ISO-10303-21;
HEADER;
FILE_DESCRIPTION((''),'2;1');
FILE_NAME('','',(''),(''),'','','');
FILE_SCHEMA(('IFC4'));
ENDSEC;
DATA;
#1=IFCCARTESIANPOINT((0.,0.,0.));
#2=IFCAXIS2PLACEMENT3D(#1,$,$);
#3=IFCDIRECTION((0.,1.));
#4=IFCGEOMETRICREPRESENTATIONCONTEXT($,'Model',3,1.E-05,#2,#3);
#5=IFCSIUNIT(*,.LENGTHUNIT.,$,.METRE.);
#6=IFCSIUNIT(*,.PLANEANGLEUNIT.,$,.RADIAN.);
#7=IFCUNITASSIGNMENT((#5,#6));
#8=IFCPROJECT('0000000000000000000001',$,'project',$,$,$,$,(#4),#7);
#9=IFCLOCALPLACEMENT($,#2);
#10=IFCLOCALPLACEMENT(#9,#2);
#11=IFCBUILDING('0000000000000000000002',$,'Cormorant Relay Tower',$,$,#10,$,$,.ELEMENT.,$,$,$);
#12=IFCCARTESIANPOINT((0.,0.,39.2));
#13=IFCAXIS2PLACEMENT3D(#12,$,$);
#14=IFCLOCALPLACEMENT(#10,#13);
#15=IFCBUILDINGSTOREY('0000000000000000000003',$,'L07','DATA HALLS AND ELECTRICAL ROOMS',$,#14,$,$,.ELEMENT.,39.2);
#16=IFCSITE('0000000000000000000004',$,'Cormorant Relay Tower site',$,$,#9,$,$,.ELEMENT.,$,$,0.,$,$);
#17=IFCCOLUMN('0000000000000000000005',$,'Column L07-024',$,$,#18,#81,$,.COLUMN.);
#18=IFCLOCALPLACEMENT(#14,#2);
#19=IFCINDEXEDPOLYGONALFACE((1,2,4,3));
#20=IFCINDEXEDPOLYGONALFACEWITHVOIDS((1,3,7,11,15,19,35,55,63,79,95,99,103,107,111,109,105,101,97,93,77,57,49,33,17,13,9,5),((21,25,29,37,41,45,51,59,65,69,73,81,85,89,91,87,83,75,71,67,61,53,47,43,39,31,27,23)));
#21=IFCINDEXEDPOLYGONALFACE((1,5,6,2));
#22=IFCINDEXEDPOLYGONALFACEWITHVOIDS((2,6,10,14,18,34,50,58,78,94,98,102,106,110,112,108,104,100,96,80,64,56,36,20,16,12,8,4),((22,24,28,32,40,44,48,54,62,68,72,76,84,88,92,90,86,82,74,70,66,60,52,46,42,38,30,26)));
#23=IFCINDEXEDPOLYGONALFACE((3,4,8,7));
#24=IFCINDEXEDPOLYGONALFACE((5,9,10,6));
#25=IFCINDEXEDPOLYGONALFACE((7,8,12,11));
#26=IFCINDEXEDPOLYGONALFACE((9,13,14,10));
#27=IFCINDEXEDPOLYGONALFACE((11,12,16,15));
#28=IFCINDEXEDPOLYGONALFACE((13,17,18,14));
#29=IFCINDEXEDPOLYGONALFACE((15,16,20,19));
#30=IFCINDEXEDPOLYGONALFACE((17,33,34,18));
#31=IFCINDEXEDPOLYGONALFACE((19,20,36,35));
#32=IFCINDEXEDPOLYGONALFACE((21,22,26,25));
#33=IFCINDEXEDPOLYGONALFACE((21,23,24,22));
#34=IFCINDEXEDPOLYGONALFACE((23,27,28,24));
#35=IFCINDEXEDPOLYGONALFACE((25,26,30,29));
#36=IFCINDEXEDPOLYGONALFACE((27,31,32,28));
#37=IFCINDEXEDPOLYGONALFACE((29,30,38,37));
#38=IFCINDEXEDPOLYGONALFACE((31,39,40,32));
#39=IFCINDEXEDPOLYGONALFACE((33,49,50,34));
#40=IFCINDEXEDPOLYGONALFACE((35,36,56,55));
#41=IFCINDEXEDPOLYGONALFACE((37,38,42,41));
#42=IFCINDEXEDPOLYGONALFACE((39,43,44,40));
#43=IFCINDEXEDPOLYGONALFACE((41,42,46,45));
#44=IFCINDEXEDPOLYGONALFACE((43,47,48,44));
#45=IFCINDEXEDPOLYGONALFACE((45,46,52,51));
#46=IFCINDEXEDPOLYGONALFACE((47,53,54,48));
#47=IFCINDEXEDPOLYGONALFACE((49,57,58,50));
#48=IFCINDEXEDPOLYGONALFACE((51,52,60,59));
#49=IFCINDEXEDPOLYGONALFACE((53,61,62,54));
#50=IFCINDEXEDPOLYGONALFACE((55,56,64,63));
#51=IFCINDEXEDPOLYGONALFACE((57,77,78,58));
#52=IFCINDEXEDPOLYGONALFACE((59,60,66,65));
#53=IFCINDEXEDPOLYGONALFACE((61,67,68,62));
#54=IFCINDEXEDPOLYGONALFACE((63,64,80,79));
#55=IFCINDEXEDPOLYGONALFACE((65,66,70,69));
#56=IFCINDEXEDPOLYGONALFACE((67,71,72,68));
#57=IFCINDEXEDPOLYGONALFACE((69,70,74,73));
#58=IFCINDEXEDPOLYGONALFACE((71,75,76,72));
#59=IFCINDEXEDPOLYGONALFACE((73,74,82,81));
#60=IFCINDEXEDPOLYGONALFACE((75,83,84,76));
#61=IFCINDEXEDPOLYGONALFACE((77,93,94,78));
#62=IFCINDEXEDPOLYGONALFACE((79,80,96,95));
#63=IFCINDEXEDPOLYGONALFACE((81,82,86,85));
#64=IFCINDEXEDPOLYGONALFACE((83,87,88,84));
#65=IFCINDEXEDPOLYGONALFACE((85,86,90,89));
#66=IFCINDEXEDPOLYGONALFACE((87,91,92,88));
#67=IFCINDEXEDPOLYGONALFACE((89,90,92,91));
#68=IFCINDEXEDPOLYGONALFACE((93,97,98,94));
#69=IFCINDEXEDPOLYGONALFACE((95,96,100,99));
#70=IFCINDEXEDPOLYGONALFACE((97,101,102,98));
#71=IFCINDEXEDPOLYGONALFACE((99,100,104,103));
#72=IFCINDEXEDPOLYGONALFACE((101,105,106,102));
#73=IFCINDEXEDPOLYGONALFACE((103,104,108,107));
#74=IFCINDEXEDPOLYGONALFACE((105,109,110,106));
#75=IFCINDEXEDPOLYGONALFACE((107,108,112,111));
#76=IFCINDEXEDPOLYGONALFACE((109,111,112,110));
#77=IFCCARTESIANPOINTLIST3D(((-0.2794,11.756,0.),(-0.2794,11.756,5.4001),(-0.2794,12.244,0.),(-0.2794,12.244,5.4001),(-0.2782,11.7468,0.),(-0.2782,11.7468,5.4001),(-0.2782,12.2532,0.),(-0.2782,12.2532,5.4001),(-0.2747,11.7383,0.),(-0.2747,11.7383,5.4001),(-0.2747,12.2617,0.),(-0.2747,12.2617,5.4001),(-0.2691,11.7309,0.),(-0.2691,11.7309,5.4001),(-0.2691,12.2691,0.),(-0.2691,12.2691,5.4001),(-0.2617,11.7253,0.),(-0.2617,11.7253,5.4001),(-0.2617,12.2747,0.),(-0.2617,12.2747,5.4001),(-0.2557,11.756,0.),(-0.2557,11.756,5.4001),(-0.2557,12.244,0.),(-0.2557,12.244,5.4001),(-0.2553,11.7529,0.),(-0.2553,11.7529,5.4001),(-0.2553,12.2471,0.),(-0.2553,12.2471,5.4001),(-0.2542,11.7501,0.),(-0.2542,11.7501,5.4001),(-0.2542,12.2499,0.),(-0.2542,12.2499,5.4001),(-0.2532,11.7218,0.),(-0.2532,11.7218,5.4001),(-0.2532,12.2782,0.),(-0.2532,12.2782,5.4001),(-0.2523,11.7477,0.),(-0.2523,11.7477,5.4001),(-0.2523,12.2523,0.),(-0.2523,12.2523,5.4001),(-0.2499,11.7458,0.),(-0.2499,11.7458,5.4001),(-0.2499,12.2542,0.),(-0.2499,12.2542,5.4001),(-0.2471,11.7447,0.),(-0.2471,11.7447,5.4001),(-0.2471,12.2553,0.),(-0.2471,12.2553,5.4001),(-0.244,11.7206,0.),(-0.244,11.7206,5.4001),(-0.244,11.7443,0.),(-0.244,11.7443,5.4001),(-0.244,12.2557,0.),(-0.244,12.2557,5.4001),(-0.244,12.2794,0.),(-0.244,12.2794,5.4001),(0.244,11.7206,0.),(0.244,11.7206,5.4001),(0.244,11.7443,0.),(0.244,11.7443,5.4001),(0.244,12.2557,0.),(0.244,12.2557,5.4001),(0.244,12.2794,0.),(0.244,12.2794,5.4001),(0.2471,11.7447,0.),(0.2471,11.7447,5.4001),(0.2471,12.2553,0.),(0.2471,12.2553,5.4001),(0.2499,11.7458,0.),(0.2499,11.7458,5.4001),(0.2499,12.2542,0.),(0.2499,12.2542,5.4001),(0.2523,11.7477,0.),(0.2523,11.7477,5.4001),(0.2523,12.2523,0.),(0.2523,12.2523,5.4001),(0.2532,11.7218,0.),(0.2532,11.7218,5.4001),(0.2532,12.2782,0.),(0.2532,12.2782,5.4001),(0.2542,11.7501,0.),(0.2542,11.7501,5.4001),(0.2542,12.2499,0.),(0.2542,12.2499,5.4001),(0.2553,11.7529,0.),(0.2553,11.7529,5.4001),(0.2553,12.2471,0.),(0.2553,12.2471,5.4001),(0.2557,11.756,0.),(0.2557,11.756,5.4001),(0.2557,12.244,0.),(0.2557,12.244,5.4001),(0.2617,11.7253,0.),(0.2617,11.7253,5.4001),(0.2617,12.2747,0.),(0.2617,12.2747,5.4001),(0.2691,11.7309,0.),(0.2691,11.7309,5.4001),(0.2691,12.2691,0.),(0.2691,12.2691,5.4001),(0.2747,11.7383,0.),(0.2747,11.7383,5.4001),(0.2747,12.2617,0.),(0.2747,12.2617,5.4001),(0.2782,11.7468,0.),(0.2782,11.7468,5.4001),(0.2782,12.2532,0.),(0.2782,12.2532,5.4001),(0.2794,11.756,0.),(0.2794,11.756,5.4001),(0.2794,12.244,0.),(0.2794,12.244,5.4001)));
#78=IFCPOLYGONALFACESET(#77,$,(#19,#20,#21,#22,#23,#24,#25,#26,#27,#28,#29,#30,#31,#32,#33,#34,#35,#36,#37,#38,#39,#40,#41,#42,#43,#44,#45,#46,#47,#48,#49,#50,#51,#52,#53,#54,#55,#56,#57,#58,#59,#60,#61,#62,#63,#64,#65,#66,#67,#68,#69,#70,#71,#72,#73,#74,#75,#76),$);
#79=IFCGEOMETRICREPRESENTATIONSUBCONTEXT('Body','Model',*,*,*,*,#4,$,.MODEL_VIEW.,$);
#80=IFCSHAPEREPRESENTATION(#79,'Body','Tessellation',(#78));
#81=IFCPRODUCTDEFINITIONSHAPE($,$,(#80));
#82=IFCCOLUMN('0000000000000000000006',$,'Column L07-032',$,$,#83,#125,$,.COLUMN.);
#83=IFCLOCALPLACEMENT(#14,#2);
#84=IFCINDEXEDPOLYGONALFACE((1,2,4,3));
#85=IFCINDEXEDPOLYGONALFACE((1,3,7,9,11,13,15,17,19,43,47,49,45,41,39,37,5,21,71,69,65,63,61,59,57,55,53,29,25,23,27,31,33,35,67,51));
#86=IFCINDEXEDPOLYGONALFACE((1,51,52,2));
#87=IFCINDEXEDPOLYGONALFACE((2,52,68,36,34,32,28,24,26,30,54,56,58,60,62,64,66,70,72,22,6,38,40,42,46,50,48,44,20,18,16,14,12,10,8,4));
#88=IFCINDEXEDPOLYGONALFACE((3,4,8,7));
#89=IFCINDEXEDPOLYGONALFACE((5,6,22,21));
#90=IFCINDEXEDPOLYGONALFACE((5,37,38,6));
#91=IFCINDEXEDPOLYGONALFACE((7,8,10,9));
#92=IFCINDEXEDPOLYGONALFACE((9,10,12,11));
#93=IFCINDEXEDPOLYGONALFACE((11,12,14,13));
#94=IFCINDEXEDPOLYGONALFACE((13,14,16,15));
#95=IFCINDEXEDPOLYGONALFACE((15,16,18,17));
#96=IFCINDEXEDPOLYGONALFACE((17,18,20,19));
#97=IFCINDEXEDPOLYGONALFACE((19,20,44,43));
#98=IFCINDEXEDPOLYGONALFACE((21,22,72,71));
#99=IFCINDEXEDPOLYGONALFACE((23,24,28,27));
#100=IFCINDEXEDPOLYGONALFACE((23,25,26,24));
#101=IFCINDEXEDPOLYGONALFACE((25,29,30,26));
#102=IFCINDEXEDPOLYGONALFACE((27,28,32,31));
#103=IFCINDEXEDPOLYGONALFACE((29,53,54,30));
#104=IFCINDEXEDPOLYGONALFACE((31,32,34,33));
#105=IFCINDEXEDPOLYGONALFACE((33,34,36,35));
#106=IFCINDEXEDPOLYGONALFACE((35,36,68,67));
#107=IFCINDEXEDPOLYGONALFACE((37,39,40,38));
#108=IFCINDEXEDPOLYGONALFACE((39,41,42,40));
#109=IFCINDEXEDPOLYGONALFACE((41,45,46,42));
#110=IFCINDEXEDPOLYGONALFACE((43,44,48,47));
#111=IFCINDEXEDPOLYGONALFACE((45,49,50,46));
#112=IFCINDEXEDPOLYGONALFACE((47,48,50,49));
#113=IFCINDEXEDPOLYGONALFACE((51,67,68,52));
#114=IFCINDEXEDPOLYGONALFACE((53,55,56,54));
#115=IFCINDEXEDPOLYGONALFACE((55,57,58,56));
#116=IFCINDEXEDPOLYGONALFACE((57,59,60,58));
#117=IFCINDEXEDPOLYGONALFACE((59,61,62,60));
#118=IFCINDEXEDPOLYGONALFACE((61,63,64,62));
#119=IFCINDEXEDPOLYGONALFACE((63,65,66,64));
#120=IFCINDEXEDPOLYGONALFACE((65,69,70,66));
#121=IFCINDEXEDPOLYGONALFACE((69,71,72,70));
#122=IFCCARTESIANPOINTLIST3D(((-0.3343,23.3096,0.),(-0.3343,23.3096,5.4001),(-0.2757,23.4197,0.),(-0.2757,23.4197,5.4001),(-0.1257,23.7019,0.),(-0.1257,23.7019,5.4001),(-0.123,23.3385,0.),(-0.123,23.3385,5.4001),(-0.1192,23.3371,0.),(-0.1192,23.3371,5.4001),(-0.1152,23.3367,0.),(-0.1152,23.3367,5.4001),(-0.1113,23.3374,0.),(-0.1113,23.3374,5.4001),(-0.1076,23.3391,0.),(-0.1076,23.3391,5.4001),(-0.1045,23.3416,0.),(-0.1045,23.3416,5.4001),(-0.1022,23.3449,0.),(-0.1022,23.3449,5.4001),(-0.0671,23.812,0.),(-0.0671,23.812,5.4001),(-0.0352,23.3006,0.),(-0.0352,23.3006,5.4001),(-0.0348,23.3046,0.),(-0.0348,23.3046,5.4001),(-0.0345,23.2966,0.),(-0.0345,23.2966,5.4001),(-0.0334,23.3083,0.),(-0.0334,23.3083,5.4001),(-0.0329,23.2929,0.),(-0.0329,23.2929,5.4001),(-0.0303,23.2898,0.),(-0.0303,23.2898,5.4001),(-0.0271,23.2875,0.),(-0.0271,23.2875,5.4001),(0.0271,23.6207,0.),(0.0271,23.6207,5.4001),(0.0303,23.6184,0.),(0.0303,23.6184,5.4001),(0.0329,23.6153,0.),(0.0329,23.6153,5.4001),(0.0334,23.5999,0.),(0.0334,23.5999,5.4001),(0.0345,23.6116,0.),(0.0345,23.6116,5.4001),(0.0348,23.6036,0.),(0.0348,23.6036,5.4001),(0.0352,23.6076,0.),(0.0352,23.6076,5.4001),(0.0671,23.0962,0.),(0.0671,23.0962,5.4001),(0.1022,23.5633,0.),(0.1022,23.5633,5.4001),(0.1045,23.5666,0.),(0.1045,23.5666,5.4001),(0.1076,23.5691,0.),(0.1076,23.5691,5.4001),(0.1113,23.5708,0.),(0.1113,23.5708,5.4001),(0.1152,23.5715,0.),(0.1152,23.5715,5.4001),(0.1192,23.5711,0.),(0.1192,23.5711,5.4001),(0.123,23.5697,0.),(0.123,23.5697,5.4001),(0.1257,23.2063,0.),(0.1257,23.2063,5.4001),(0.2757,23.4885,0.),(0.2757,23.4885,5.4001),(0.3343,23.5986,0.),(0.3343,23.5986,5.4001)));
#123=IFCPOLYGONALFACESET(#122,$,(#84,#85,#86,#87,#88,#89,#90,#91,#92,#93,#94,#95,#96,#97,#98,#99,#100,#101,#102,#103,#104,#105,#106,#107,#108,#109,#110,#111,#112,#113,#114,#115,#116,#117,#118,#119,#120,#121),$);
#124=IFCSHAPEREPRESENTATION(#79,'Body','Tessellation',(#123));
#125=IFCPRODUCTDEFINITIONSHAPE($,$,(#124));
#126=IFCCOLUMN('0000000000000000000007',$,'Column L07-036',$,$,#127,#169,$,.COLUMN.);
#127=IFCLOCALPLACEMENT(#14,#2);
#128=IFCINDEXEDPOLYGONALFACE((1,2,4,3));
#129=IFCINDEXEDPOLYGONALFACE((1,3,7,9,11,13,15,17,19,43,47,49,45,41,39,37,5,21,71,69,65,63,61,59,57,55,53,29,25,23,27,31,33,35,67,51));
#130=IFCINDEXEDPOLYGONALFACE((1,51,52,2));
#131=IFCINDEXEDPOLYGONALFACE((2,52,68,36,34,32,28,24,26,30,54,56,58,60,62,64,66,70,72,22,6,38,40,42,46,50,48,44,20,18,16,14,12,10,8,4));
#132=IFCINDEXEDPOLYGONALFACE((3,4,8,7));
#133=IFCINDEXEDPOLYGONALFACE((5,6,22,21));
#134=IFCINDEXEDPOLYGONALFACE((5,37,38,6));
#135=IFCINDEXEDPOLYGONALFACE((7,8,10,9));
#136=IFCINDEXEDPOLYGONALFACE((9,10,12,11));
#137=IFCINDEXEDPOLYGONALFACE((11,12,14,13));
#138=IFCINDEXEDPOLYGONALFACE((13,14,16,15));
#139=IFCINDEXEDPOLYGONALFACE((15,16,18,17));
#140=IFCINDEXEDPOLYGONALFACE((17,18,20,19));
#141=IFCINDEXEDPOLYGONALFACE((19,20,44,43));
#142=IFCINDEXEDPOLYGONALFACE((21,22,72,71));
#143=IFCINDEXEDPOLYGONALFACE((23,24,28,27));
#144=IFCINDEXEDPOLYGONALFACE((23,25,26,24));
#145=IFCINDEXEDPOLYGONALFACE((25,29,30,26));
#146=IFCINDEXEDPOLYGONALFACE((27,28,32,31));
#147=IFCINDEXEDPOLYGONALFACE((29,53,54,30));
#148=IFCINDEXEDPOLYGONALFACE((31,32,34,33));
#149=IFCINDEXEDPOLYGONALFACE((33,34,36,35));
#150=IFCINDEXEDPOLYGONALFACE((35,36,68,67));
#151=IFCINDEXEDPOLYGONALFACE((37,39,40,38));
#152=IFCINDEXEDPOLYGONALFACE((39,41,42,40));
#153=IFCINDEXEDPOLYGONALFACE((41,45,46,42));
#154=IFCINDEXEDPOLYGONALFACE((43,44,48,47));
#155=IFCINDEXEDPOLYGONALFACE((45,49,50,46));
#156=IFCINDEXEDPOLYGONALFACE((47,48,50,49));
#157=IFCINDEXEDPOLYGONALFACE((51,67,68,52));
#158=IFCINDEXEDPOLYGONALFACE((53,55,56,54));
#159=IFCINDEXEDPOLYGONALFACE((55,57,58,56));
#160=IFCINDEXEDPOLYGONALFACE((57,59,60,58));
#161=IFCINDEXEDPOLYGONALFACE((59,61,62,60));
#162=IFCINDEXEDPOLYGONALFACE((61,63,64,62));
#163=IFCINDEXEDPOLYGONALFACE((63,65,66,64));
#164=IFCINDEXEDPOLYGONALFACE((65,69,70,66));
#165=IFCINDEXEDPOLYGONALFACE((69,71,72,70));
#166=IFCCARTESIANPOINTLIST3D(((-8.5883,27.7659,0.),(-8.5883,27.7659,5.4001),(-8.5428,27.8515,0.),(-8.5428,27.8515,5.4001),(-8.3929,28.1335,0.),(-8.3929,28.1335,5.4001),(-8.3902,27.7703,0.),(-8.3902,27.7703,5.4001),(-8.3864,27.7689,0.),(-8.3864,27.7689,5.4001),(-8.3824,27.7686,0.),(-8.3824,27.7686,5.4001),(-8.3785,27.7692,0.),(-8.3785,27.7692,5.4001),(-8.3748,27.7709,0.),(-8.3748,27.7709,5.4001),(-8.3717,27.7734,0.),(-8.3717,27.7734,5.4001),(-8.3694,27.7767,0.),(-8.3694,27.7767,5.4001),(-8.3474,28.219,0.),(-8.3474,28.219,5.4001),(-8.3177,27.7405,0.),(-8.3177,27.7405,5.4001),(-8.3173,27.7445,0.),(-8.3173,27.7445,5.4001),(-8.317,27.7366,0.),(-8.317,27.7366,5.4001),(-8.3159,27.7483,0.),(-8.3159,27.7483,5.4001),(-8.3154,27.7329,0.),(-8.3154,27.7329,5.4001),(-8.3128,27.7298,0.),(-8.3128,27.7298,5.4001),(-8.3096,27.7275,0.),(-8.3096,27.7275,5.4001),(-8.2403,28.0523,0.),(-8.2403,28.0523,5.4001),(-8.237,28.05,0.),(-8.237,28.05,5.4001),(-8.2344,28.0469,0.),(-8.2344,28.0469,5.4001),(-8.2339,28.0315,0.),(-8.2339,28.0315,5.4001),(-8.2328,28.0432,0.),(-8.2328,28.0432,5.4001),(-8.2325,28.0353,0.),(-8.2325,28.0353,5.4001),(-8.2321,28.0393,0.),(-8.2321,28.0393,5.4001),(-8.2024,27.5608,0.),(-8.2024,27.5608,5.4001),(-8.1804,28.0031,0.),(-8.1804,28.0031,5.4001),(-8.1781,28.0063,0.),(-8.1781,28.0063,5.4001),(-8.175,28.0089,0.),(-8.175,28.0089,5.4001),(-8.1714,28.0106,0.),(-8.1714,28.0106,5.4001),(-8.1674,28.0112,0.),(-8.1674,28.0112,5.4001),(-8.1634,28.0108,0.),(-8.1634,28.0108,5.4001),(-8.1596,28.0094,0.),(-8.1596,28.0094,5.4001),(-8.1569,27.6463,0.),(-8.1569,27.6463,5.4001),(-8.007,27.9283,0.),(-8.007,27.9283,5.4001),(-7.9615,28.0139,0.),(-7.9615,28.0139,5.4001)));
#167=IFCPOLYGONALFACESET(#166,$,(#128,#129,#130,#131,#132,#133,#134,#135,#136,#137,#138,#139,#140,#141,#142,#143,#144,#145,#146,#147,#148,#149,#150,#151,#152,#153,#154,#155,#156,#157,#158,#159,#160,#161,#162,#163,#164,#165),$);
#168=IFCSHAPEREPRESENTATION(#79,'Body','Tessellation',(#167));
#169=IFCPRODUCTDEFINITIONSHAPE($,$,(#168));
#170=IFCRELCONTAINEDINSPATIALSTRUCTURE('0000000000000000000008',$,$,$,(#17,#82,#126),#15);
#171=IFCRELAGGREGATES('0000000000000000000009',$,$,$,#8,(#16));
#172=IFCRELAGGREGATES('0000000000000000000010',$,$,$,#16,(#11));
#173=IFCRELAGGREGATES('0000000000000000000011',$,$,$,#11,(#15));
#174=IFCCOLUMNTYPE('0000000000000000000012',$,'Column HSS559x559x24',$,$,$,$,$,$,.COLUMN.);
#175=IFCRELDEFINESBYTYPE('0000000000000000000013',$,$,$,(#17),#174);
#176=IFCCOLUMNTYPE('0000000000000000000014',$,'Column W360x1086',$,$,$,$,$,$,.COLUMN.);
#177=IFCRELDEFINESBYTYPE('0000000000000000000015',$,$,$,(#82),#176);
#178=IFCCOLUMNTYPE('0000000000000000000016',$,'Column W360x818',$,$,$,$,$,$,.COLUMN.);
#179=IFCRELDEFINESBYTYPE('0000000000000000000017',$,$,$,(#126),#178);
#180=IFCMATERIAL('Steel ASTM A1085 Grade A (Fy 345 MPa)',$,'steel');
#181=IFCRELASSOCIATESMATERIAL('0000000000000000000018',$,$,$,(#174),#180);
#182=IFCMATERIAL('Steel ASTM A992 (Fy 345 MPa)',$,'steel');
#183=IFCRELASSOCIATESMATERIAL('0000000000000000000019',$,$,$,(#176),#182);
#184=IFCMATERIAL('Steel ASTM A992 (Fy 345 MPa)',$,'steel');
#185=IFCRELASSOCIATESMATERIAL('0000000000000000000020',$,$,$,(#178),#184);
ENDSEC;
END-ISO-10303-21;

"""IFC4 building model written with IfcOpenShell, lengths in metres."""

from ifc_helpers import new_model, si_unit, direction, frame, origin, origin_2d, place, context, subcontext, project, spatial, hollow_rectangle, i_section, extrude, material, material_profile, profile_set, type_object, element, save


model = new_model("IFC4")

# Units and contexts
model_context = context("Model", 3, precision=1e-05, world=origin(), true_north=direction((0.0, 1.0)))
body_context = subcontext(model_context, "Body", "Model", "MODEL_VIEW")
ifc_project = project(units=[si_unit("LENGTHUNIT", "METRE"), si_unit("PLANEANGLEUNIT", "RADIAN")], contexts=[model_context])

# Site, building, storey
site_placement = place(None, origin())
site = spatial("IfcSite", under=ifc_project, at=site_placement, Name="Cormorant Relay Tower site", CompositionType="ELEMENT", RefElevation=0.0)
building_placement = place(site_placement, origin())
building = spatial("IfcBuilding", under=site, at=building_placement, Name="Cormorant Relay Tower", CompositionType="ELEMENT")
storey_placement = place(building_placement, frame((0.0, 0.0, 39.2)))
storey = spatial("IfcBuildingStorey", under=building, at=storey_placement, Name="L07", Description="DATA HALLS AND ELECTRICAL ROOMS", CompositionType="ELEMENT", Elevation=39.2)

# Columns
ifc_material_1 = material(Name="Steel ASTM A1085 Grade A (Fy 345 MPa)", Category="steel")
ifc_material_profile_1 = material_profile(ifc_material_1, hollow_rectangle(XDim=0.5588, YDim=0.5588, WallThickness=0.0237, InnerFilletRadius=0.0117, OuterFilletRadius=0.0354, at=origin_2d()), Name="HSS559x559x24")
ifc_profile_set_1 = profile_set([ifc_material_profile_1], Name="Steel ASTM A1085 Grade A (Fy 345 MPa)")
column_type_1 = type_object("IfcColumnType", Name="Column HSS559x559x24", PredefinedType="COLUMN", material=ifc_profile_set_1)
column_1_placement = place(storey_placement, frame((0.0, 12.0, 0.0), z_axis=(0.0, 0.0, 1.0), x_axis=(1.0, 0.0, 0.0)))
element("IfcColumn", 1, at=column_1_placement, inside=storey, type_object=column_type_1, Name="Column L07-024", PredefinedType="COLUMN", context=body_context, shape_type="SweptSolid", body=[
    extrude(hollow_rectangle(XDim=0.5588, YDim=0.5588, WallThickness=0.0237, InnerFilletRadius=0.0117, OuterFilletRadius=0.0354, at=origin_2d()), origin(), (0.0, 0.0, 1.0), 5.4001),
])
ifc_material_2 = material(Name="Steel ASTM A992 (Fy 345 MPa)", Category="steel")
ifc_material_profile_2 = material_profile(ifc_material_2, i_section(OverallWidth=0.4546, OverallDepth=0.5691, WebThickness=0.0779, FlangeThickness=0.1248, FilletRadius=0.0154, at=origin_2d()), Name="W360x1086")
ifc_profile_set_2 = profile_set([ifc_material_profile_2], Name="Steel ASTM A992 (Fy 345 MPa)")
column_type_2 = type_object("IfcColumnType", Name="Column W360x1086", PredefinedType="COLUMN", material=ifc_profile_set_2)
column_2_placement = place(storey_placement, frame((0.0, 23.4541, 0.0), z_axis=(0.0, 0.0, 1.0), x_axis=(-0.882948, 0.469472, 0.0)))
element("IfcColumn", 2, at=column_2_placement, inside=storey, type_object=column_type_2, Name="Column L07-032", PredefinedType="COLUMN", context=body_context, shape_type="SweptSolid", body=[
    extrude(i_section(OverallWidth=0.4546, OverallDepth=0.5691, WebThickness=0.0779, FlangeThickness=0.1248, FilletRadius=0.0154, at=origin_2d()), origin(), (0.0, 0.0, 1.0), 5.4001),
])
ifc_material_3 = material(Name="Steel ASTM A992 (Fy 345 MPa)", Category="steel")
ifc_material_profile_3 = material_profile(ifc_material_3, i_section(OverallWidth=0.437, OverallDepth=0.5132, WebThickness=0.0605, FlangeThickness=0.0969, FilletRadius=0.0154, at=origin_2d()), Name="W360x818")
ifc_profile_set_3 = profile_set([ifc_material_profile_3], Name="Steel ASTM A992 (Fy 345 MPa)")
column_type_3 = type_object("IfcColumnType", Name="Column W360x818", PredefinedType="COLUMN", material=ifc_profile_set_3)
for number, where, z_axis, x_axis, name in (
    (3, (-8.2749, 27.8899, 0.0), (0.0, 0.0, 1.0), (-0.882948, 0.469472, 0.0), "Column L07-036"),
):
    element("IfcColumn", number, at=place(storey_placement, frame(where, z_axis=z_axis, x_axis=x_axis)), inside=storey, type_object=column_type_3, Name=name, PredefinedType="COLUMN", context=body_context, shape_type="SweptSolid", body=[
        extrude(i_section(OverallWidth=0.437, OverallDepth=0.5132, WebThickness=0.0605, FlangeThickness=0.0969, FilletRadius=0.0154, at=origin_2d()), origin(), (0.0, 0.0, 1.0), 5.4001),
    ])

save(model, "model.ifc")
